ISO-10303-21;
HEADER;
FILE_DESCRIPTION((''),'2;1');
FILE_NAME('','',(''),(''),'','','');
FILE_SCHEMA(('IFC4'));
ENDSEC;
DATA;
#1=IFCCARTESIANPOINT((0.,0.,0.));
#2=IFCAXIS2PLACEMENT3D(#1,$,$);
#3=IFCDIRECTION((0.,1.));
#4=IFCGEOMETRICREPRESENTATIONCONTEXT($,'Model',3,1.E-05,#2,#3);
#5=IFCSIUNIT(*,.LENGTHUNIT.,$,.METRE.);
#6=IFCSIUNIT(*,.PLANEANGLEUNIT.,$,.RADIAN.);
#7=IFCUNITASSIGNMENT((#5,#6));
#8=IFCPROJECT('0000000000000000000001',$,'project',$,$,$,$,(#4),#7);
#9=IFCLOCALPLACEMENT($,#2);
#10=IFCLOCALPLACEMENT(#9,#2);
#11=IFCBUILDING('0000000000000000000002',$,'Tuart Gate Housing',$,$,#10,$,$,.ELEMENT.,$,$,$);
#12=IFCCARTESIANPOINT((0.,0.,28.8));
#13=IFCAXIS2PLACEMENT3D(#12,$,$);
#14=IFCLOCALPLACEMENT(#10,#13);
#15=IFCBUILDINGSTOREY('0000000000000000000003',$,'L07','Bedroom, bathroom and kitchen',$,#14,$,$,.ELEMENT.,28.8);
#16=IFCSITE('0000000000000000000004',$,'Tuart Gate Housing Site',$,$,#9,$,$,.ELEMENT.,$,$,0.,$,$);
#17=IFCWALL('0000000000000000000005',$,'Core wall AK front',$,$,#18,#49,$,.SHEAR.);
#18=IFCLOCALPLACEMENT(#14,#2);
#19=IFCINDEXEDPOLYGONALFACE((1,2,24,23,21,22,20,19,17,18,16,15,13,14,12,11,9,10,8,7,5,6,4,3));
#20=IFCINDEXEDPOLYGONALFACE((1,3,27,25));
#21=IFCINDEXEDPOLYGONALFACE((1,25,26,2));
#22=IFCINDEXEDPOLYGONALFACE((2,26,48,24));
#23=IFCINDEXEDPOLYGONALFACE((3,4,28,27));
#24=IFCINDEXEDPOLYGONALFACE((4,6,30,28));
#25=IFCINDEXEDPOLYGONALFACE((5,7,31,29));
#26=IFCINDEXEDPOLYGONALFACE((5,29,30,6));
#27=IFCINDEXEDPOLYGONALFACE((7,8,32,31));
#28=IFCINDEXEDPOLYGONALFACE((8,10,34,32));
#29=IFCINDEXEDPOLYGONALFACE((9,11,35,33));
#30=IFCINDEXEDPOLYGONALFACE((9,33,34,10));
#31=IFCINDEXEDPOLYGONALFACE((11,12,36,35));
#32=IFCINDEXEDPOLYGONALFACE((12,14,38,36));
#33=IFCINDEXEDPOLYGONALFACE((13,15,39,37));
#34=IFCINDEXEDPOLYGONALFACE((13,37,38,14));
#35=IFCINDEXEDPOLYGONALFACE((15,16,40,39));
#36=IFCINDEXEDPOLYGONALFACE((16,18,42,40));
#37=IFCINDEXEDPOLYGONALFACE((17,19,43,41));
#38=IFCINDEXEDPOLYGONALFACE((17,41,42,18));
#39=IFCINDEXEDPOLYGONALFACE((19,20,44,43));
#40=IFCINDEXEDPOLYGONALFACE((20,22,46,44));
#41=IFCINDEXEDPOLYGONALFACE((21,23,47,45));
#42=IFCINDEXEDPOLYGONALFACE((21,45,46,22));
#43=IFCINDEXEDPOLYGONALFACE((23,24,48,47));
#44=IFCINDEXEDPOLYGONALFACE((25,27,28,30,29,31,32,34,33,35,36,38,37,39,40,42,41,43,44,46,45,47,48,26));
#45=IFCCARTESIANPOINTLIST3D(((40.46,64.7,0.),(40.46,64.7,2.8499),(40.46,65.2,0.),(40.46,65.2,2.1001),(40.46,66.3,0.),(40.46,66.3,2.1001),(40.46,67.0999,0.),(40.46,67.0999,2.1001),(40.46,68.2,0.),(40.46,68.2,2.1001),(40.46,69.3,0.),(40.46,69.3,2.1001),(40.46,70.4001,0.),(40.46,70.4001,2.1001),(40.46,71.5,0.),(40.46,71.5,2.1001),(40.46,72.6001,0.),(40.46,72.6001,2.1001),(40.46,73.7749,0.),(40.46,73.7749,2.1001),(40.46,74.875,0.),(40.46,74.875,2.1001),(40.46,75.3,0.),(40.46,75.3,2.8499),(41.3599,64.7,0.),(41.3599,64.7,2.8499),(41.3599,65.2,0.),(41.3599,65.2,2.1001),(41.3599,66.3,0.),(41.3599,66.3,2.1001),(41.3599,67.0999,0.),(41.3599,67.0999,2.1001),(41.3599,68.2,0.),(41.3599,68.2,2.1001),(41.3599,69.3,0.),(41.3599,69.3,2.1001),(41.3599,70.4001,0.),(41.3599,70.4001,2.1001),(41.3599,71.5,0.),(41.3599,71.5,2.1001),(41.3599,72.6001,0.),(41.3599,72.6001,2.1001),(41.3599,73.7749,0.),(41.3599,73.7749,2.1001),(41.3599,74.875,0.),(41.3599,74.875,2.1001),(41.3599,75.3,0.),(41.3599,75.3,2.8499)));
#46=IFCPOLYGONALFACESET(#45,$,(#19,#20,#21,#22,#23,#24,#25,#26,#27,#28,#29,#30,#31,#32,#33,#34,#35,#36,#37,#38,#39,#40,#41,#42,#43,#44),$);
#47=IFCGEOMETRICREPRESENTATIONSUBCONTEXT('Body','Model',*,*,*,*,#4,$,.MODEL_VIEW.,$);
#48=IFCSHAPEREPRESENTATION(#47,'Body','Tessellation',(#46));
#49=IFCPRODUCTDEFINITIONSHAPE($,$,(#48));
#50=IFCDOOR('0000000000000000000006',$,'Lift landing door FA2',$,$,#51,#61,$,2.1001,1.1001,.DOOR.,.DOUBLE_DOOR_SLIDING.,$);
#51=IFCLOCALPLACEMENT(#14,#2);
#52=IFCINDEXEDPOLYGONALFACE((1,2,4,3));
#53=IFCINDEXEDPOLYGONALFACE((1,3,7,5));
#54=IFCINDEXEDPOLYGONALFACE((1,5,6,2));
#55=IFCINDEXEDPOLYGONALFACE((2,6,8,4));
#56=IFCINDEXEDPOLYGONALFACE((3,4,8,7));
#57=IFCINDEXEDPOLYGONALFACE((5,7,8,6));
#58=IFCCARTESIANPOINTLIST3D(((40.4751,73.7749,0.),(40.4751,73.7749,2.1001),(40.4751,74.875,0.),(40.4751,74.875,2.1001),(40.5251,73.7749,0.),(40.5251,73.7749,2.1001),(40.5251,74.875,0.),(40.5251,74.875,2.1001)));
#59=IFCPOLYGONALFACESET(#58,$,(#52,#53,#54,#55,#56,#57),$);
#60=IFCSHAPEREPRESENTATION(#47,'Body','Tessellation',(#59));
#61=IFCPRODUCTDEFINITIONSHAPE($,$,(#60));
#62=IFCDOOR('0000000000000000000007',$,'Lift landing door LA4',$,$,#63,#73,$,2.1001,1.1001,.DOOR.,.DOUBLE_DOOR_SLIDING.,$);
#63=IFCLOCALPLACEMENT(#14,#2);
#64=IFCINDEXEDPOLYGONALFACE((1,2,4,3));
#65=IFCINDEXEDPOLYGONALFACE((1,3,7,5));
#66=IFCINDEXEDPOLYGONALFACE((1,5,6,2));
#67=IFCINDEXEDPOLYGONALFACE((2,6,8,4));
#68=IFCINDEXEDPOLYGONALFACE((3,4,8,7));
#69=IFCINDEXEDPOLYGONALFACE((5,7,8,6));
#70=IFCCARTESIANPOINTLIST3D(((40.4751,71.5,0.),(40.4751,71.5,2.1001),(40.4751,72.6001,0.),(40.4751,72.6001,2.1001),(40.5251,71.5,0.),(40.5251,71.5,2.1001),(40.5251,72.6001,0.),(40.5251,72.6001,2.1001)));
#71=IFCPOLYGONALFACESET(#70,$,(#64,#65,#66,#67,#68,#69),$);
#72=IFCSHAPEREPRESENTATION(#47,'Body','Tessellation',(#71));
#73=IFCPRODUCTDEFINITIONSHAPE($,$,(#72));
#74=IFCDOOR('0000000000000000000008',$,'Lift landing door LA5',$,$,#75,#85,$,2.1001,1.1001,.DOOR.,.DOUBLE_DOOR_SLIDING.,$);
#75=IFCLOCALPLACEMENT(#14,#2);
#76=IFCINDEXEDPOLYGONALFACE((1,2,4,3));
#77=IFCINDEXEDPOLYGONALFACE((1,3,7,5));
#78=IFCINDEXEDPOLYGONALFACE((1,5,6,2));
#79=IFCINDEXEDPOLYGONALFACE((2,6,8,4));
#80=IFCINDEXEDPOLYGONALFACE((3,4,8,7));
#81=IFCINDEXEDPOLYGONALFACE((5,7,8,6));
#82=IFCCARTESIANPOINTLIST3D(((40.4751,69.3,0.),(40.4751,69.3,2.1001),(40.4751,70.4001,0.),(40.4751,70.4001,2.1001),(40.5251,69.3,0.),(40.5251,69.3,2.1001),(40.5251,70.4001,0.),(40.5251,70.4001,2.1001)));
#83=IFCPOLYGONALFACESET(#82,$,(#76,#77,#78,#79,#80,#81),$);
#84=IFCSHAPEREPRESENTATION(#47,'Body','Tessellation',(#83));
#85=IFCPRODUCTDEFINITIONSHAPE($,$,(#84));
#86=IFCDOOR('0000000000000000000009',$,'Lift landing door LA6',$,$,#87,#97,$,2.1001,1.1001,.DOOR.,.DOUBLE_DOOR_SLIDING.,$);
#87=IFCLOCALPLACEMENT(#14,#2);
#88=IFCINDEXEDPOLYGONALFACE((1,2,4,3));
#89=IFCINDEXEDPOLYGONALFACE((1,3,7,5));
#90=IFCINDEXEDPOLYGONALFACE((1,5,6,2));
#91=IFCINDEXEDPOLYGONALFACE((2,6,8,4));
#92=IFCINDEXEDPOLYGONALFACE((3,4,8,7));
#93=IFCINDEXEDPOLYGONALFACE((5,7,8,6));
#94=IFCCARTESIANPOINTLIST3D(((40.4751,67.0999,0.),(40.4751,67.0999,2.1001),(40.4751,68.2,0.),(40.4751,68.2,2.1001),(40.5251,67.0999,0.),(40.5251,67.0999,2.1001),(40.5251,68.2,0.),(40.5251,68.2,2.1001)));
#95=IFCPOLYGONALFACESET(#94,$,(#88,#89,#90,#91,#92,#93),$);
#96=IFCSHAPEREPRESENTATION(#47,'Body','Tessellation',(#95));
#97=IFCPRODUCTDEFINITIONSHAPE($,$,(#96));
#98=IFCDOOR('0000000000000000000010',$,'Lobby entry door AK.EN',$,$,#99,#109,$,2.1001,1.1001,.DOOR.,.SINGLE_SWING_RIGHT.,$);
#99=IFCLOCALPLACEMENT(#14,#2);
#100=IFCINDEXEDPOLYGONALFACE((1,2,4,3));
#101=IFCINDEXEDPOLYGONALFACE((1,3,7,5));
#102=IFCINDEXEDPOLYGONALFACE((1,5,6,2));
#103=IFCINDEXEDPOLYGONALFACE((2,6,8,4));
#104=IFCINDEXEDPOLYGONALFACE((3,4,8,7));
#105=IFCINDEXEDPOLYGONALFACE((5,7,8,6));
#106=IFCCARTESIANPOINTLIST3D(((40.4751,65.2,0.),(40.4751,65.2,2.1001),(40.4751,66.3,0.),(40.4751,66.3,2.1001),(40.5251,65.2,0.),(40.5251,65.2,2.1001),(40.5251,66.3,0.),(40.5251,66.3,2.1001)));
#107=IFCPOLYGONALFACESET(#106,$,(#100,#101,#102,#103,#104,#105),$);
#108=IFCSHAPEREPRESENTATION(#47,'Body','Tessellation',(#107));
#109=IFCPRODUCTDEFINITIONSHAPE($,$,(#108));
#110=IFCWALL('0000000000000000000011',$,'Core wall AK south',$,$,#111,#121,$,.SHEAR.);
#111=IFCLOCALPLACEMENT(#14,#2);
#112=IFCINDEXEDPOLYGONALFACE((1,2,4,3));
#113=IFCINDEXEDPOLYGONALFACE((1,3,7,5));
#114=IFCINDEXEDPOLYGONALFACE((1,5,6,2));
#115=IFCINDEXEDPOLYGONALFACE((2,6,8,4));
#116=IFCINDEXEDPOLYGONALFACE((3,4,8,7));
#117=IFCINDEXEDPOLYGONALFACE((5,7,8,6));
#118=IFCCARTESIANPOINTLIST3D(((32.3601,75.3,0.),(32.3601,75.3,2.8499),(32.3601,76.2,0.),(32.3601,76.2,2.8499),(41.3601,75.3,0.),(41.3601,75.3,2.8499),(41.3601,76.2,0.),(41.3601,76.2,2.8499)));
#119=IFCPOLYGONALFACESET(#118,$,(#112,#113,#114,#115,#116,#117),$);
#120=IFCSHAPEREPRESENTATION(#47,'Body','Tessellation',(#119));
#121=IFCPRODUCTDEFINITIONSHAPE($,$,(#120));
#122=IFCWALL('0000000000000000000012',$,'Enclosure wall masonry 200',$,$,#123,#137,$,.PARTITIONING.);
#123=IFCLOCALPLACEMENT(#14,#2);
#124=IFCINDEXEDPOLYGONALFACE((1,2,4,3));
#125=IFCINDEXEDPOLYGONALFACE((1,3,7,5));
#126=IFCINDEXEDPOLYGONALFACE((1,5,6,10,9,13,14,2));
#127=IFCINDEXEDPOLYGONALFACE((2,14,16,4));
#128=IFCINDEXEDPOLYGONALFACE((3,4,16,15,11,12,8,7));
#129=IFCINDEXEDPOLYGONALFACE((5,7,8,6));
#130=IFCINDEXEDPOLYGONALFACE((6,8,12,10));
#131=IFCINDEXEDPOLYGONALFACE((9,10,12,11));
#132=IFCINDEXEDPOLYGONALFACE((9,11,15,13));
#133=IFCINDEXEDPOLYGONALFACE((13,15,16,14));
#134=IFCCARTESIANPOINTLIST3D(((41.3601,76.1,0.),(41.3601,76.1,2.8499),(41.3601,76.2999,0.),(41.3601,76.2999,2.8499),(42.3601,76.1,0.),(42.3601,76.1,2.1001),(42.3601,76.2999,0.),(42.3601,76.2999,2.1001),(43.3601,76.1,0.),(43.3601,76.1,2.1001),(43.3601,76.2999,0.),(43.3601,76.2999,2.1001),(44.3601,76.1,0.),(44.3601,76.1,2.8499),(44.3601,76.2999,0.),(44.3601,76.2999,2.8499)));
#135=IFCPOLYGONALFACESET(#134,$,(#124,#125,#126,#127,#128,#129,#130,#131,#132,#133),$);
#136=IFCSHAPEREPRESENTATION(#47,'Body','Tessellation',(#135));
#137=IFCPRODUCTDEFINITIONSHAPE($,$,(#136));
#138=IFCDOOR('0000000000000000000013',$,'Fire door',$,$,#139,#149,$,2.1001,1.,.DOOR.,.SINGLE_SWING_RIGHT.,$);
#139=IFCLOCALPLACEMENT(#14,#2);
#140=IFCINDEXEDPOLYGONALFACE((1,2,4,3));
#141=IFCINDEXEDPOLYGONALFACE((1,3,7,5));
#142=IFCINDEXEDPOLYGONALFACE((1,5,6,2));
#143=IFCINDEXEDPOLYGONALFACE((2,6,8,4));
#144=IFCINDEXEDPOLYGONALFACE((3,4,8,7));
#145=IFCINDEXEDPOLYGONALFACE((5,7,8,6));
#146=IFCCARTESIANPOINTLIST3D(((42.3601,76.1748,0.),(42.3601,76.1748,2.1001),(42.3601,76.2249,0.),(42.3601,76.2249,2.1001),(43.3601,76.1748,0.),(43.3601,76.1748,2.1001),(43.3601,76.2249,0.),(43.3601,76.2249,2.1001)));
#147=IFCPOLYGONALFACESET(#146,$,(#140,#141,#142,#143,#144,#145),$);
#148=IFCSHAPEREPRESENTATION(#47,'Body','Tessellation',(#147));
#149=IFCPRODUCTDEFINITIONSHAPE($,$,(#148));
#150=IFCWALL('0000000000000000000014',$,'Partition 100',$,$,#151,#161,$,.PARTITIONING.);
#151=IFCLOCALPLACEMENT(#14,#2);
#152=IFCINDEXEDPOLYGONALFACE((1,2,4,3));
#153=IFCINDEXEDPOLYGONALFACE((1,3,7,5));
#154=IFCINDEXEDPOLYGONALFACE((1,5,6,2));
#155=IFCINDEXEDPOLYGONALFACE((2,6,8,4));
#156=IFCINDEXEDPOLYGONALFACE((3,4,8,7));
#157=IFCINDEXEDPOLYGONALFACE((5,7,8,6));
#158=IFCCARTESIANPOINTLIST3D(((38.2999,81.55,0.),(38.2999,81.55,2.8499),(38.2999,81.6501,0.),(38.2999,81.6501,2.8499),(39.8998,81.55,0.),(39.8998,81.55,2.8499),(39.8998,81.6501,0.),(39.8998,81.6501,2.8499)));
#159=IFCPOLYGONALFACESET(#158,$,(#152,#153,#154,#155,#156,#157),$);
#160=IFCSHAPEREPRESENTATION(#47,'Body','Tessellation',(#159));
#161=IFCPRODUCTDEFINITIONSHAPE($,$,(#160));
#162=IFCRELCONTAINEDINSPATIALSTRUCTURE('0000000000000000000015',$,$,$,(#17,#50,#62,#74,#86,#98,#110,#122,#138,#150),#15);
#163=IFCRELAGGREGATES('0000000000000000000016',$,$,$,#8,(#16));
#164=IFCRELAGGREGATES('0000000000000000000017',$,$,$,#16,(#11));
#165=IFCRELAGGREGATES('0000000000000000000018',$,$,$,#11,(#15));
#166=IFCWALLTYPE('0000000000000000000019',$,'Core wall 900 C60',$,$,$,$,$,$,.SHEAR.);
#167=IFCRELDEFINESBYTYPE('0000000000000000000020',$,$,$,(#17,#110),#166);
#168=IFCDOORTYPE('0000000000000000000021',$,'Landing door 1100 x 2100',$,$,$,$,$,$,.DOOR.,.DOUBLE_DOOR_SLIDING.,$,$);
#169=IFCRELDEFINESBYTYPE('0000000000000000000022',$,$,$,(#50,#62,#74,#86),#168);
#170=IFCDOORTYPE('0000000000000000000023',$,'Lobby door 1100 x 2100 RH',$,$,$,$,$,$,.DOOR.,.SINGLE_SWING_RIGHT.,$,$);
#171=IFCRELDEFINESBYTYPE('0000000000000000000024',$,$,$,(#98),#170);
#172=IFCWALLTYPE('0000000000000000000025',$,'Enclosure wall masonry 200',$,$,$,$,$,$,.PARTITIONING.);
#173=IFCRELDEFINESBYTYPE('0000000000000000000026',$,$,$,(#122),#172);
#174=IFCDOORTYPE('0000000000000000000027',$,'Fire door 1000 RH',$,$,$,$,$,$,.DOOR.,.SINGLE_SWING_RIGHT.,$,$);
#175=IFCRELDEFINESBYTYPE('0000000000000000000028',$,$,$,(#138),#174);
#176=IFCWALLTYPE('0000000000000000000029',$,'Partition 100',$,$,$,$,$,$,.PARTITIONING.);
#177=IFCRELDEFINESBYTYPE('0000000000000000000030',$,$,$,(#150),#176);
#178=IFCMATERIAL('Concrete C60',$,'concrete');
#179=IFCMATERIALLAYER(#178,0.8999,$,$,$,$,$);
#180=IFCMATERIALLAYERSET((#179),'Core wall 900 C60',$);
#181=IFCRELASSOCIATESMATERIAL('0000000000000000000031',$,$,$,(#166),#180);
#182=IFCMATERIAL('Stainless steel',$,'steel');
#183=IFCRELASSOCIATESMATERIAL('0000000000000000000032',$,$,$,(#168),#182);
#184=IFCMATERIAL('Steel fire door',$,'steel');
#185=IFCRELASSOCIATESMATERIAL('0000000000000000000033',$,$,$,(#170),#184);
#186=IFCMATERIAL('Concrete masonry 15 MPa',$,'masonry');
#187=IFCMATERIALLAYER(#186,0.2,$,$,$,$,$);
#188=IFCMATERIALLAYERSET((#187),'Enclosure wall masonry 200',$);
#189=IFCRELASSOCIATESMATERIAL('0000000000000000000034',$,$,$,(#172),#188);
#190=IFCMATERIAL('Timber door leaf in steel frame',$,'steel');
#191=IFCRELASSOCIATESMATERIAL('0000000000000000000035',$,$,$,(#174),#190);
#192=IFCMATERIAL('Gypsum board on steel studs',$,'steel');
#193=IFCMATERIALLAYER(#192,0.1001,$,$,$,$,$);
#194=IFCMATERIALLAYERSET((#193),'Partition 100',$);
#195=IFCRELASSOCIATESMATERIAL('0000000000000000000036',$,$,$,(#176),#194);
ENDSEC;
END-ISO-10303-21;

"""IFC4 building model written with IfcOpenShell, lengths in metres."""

from ifc_helpers import new_model, si_unit, direction, frame, frame_2d, origin, place, context, subcontext, project, spatial, rectangle, extrude, material, layer, layer_set, type_object, element, fill, save


model = new_model("IFC4")

# Units and contexts
model_context = context("Model", 3, precision=1e-05, world=origin(), true_north=direction((0.0, 1.0)))
body_context = subcontext(model_context, "Body", "Model", "MODEL_VIEW")
ifc_project = project(units=[si_unit("LENGTHUNIT", "METRE"), si_unit("PLANEANGLEUNIT", "RADIAN")], contexts=[model_context])

# Site, building, storey
site_placement = place(None, origin())
site = spatial("IfcSite", under=ifc_project, at=site_placement, Name="Tuart Gate Housing Site", CompositionType="ELEMENT", RefElevation=0.0)
building_placement = place(site_placement, origin())
building = spatial("IfcBuilding", under=site, at=building_placement, Name="Tuart Gate Housing", CompositionType="ELEMENT")
storey_placement = place(building_placement, frame((0.0, 0.0, 28.8)))
storey = spatial("IfcBuildingStorey", under=building, at=storey_placement, Name="L07", Description="Bedroom, bathroom and kitchen", CompositionType="ELEMENT", Elevation=28.8)

# Wall, openings, doors
ifc_material_1 = material(Name="Concrete C60", Category="concrete")
ifc_layer_1 = layer(ifc_material_1, 0.8999)
ifc_layer_set_1 = layer_set([ifc_layer_1], Name="Core wall 900 C60")
wall_type_1 = type_object("IfcWallType", Name="Core wall 900 C60", PredefinedType="SHEAR", material=ifc_layer_set_1)
wall_1_placement = place(storey_placement, frame((40.9099, 75.3, 0.0), z_axis=(0.0, 0.0, 1.0), x_axis=(0.0, -1.0, 0.0)))
wall_1 = element("IfcWall", 1, at=wall_1_placement, inside=storey, type_object=wall_type_1, Name="Core wall AK front", PredefinedType="SHEAR", context=body_context, shape_type="SweptSolid", body=[
    extrude(rectangle(XDim=10.6001, YDim=0.8999, at=frame_2d((5.3, 0.0))), origin(), (0.0, 0.0, 1.0), 2.8499),
])
opening_1_placement = place(wall_1_placement, frame((0.425, 0.0, 0.0)))
opening_1 = element("IfcOpeningElement", 2, at=opening_1_placement, cuts=wall_1, PredefinedType="OPENING", context=body_context, shape_type="SweptSolid", body=[
    extrude(rectangle(XDim=1.1001, YDim=2.1001, at=frame_2d((0.55, 1.05))), frame((0.0, 0.46, 0.0), z_axis=(0.0, -1.0, 0.0), x_axis=(1.0, 0.0, 0.0)), (0.0, 0.0, 1.0), 0.9199),
])
opening_2_placement = place(wall_1_placement, frame((2.7, 0.0, 0.0)))
opening_2 = element("IfcOpeningElement", 3, at=opening_2_placement, cuts=wall_1, PredefinedType="OPENING", context=body_context, shape_type="SweptSolid", body=[
    extrude(rectangle(XDim=1.1001, YDim=2.1001, at=frame_2d((0.55, 1.05))), frame((0.0, 0.46, 0.0), z_axis=(0.0, -1.0, 0.0), x_axis=(1.0, 0.0, 0.0)), (0.0, 0.0, 1.0), 0.9199),
])
opening_3_placement = place(wall_1_placement, frame((4.8999, 0.0, 0.0)))
opening_3 = element("IfcOpeningElement", 4, at=opening_3_placement, cuts=wall_1, PredefinedType="OPENING", context=body_context, shape_type="SweptSolid", body=[
    extrude(rectangle(XDim=1.1001, YDim=2.1001, at=frame_2d((0.55, 1.05))), frame((0.0, 0.46, 0.0), z_axis=(0.0, -1.0, 0.0), x_axis=(1.0, 0.0, 0.0)), (0.0, 0.0, 1.0), 0.9199),
])
opening_4_placement = place(wall_1_placement, frame((7.1001, 0.0, 0.0)))
opening_4 = element("IfcOpeningElement", 5, at=opening_4_placement, cuts=wall_1, PredefinedType="OPENING", context=body_context, shape_type="SweptSolid", body=[
    extrude(rectangle(XDim=1.1001, YDim=2.1001, at=frame_2d((0.55, 1.05))), frame((0.0, 0.46, 0.0), z_axis=(0.0, -1.0, 0.0), x_axis=(1.0, 0.0, 0.0)), (0.0, 0.0, 1.0), 0.9199),
])
opening_5_placement = place(wall_1_placement, frame((9.0, 0.0, 0.0)))
opening_5 = element("IfcOpeningElement", 6, at=opening_5_placement, cuts=wall_1, PredefinedType="OPENING", context=body_context, shape_type="SweptSolid", body=[
    extrude(rectangle(XDim=1.1001, YDim=2.1001, at=frame_2d((0.55, 1.05))), frame((0.0, 0.46, 0.0), z_axis=(0.0, -1.0, 0.0), x_axis=(1.0, 0.0, 0.0)), (0.0, 0.0, 1.0), 0.9199),
])
ifc_material_2 = material(Name="Stainless steel", Category="steel")
door_type_1 = type_object("IfcDoorType", Name="Landing door 1100 x 2100", OperationType="DOUBLE_DOOR_SLIDING", PredefinedType="DOOR", material=ifc_material_2)
door_1_placement = place(opening_1_placement, origin())
door_1 = element("IfcDoor", 7, at=door_1_placement, inside=storey, type_object=door_type_1, Name="Lift landing door FA2", OperationType="DOUBLE_DOOR_SLIDING", OverallHeight=2.1001, OverallWidth=1.1001, PredefinedType="DOOR", context=body_context, shape_type="SweptSolid", body=[
    extrude(rectangle(XDim=1.1001, YDim=2.1001, at=frame_2d((0.55, 1.05))), frame((0.0, -0.3848, 0.0), z_axis=(0.0, -1.0, 0.0), x_axis=(1.0, 0.0, 0.0)), (0.0, 0.0, 1.0), 0.05),
])
fill(opening_1, door_1)
door_2_placement = place(opening_2_placement, origin())
door_2 = element("IfcDoor", 8, at=door_2_placement, inside=storey, type_object=door_type_1, Name="Lift landing door LA4", OperationType="DOUBLE_DOOR_SLIDING", OverallHeight=2.1001, OverallWidth=1.1001, PredefinedType="DOOR", context=body_context, shape_type="SweptSolid", body=[
    extrude(rectangle(XDim=1.1001, YDim=2.1001, at=frame_2d((0.55, 1.05))), frame((0.0, -0.3848, 0.0), z_axis=(0.0, -1.0, 0.0), x_axis=(1.0, 0.0, 0.0)), (0.0, 0.0, 1.0), 0.05),
])
fill(opening_2, door_2)
door_3_placement = place(opening_3_placement, origin())
door_3 = element("IfcDoor", 9, at=door_3_placement, inside=storey, type_object=door_type_1, Name="Lift landing door LA5", OperationType="DOUBLE_DOOR_SLIDING", OverallHeight=2.1001, OverallWidth=1.1001, PredefinedType="DOOR", context=body_context, shape_type="SweptSolid", body=[
    extrude(rectangle(XDim=1.1001, YDim=2.1001, at=frame_2d((0.55, 1.05))), frame((0.0, -0.3848, 0.0), z_axis=(0.0, -1.0, 0.0), x_axis=(1.0, 0.0, 0.0)), (0.0, 0.0, 1.0), 0.05),
])
fill(opening_3, door_3)
door_4_placement = place(opening_4_placement, origin())
door_4 = element("IfcDoor", 10, at=door_4_placement, inside=storey, type_object=door_type_1, Name="Lift landing door LA6", OperationType="DOUBLE_DOOR_SLIDING", OverallHeight=2.1001, OverallWidth=1.1001, PredefinedType="DOOR", context=body_context, shape_type="SweptSolid", body=[
    extrude(rectangle(XDim=1.1001, YDim=2.1001, at=frame_2d((0.55, 1.05))), frame((0.0, -0.3848, 0.0), z_axis=(0.0, -1.0, 0.0), x_axis=(1.0, 0.0, 0.0)), (0.0, 0.0, 1.0), 0.05),
])
fill(opening_4, door_4)
ifc_material_3 = material(Name="Steel fire door", Category="steel")
door_type_2 = type_object("IfcDoorType", Name="Lobby door 1100 x 2100 RH", OperationType="SINGLE_SWING_RIGHT", PredefinedType="DOOR", material=ifc_material_3)
door_5_placement = place(opening_5_placement, frame((1.1001, 0.0, 0.0), z_axis=(0.0, 0.0, 1.0), x_axis=(-1.0, 0.0, 0.0)))
door_5 = element("IfcDoor", 11, at=door_5_placement, inside=storey, type_object=door_type_2, Name="Lobby entry door AK.EN", OperationType="SINGLE_SWING_RIGHT", OverallHeight=2.1001, OverallWidth=1.1001, PredefinedType="DOOR", context=body_context, shape_type="SweptSolid", body=[
    extrude(rectangle(XDim=1.1001, YDim=2.1001, at=frame_2d((0.55, 1.05))), frame((0.0, 0.4348, 0.0), z_axis=(0.0, -1.0, 0.0), x_axis=(1.0, 0.0, 0.0)), (0.0, 0.0, 1.0), 0.05),
])
fill(opening_5, door_5)

# Wall
wall_2_placement = place(storey_placement, frame((41.3601, 75.75, 0.0), z_axis=(0.0, 0.0, 1.0), x_axis=(-1.0, 0.0, 0.0)))
element("IfcWall", 12, at=wall_2_placement, inside=storey, type_object=wall_type_1, Name="Core wall AK south", PredefinedType="SHEAR", context=body_context, shape_type="SweptSolid", body=[
    extrude(rectangle(XDim=9.0, YDim=0.8999, at=frame_2d((4.5, 0.0))), origin(), (0.0, 0.0, 1.0), 2.8499),
])

# Wall, opening, door
ifc_material_4 = material(Name="Concrete masonry 15 MPa", Category="masonry")
ifc_layer_2 = layer(ifc_material_4, 0.2)
ifc_layer_set_2 = layer_set([ifc_layer_2], Name="Enclosure wall masonry 200")
wall_type_2 = type_object("IfcWallType", Name="Enclosure wall masonry 200", PredefinedType="PARTITIONING", material=ifc_layer_set_2)
wall_3_placement = place(storey_placement, frame((41.3601, 76.2, 0.0), z_axis=(0.0, 0.0, 1.0), x_axis=(1.0, 0.0, 0.0)))
wall_3 = element("IfcWall", 13, at=wall_3_placement, inside=storey, type_object=wall_type_2, Name="Enclosure wall masonry 200", PredefinedType="PARTITIONING", context=body_context, shape_type="SweptSolid", body=[
    extrude(rectangle(XDim=3.0, YDim=0.2, at=frame_2d((1.5, 0.0))), origin(), (0.0, 0.0, 1.0), 2.8499),
])
opening_6_placement = place(wall_3_placement, frame((1.0, 0.0, 0.0)))
opening_6 = element("IfcOpeningElement", 14, at=opening_6_placement, cuts=wall_3, PredefinedType="OPENING", context=body_context, shape_type="SweptSolid", body=[
    extrude(rectangle(XDim=1.0, YDim=2.1001, at=frame_2d((0.5, 1.05))), frame((0.0, 0.1099, 0.0), z_axis=(0.0, -1.0, 0.0), x_axis=(1.0, 0.0, 0.0)), (0.0, 0.0, 1.0), 0.22),
])
ifc_material_5 = material(Name="Timber door leaf in steel frame", Category="steel")
door_type_3 = type_object("IfcDoorType", Name="Fire door 1000 RH", OperationType="SINGLE_SWING_RIGHT", PredefinedType="DOOR", material=ifc_material_5)
door_6_placement = place(opening_6_placement, origin())
door_6 = element("IfcDoor", 15, at=door_6_placement, inside=storey, type_object=door_type_3, Name="Fire door", OperationType="SINGLE_SWING_RIGHT", OverallHeight=2.1001, OverallWidth=1.0, PredefinedType="DOOR", context=body_context, shape_type="SweptSolid", body=[
    extrude(rectangle(XDim=1.0, YDim=2.1001, at=frame_2d((0.5, 1.05))), frame((0.0, 0.0249, 0.0), z_axis=(0.0, -1.0, 0.0), x_axis=(1.0, 0.0, 0.0)), (0.0, 0.0, 1.0), 0.05),
])
fill(opening_6, door_6)

# Wall
ifc_material_6 = material(Name="Gypsum board on steel studs", Category="steel")
ifc_layer_3 = layer(ifc_material_6, 0.1001)
ifc_layer_set_3 = layer_set([ifc_layer_3], Name="Partition 100")
wall_type_3 = type_object("IfcWallType", Name="Partition 100", PredefinedType="PARTITIONING", material=ifc_layer_set_3)
wall_4_placement = place(storey_placement, frame((38.3, 81.6001, 0.0), z_axis=(0.0, 0.0, 1.0), x_axis=(1.0, 0.0, 0.0)))
element("IfcWall", 16, at=wall_4_placement, inside=storey, type_object=wall_type_3, Name="Partition 100", PredefinedType="PARTITIONING", context=body_context, shape_type="SweptSolid", body=[
    extrude(rectangle(XDim=1.5999, YDim=0.1001, at=frame_2d((0.7998, 0.0))), origin(), (0.0, 0.0, 1.0), 2.8499),
])

save(model, "model.ifc")
